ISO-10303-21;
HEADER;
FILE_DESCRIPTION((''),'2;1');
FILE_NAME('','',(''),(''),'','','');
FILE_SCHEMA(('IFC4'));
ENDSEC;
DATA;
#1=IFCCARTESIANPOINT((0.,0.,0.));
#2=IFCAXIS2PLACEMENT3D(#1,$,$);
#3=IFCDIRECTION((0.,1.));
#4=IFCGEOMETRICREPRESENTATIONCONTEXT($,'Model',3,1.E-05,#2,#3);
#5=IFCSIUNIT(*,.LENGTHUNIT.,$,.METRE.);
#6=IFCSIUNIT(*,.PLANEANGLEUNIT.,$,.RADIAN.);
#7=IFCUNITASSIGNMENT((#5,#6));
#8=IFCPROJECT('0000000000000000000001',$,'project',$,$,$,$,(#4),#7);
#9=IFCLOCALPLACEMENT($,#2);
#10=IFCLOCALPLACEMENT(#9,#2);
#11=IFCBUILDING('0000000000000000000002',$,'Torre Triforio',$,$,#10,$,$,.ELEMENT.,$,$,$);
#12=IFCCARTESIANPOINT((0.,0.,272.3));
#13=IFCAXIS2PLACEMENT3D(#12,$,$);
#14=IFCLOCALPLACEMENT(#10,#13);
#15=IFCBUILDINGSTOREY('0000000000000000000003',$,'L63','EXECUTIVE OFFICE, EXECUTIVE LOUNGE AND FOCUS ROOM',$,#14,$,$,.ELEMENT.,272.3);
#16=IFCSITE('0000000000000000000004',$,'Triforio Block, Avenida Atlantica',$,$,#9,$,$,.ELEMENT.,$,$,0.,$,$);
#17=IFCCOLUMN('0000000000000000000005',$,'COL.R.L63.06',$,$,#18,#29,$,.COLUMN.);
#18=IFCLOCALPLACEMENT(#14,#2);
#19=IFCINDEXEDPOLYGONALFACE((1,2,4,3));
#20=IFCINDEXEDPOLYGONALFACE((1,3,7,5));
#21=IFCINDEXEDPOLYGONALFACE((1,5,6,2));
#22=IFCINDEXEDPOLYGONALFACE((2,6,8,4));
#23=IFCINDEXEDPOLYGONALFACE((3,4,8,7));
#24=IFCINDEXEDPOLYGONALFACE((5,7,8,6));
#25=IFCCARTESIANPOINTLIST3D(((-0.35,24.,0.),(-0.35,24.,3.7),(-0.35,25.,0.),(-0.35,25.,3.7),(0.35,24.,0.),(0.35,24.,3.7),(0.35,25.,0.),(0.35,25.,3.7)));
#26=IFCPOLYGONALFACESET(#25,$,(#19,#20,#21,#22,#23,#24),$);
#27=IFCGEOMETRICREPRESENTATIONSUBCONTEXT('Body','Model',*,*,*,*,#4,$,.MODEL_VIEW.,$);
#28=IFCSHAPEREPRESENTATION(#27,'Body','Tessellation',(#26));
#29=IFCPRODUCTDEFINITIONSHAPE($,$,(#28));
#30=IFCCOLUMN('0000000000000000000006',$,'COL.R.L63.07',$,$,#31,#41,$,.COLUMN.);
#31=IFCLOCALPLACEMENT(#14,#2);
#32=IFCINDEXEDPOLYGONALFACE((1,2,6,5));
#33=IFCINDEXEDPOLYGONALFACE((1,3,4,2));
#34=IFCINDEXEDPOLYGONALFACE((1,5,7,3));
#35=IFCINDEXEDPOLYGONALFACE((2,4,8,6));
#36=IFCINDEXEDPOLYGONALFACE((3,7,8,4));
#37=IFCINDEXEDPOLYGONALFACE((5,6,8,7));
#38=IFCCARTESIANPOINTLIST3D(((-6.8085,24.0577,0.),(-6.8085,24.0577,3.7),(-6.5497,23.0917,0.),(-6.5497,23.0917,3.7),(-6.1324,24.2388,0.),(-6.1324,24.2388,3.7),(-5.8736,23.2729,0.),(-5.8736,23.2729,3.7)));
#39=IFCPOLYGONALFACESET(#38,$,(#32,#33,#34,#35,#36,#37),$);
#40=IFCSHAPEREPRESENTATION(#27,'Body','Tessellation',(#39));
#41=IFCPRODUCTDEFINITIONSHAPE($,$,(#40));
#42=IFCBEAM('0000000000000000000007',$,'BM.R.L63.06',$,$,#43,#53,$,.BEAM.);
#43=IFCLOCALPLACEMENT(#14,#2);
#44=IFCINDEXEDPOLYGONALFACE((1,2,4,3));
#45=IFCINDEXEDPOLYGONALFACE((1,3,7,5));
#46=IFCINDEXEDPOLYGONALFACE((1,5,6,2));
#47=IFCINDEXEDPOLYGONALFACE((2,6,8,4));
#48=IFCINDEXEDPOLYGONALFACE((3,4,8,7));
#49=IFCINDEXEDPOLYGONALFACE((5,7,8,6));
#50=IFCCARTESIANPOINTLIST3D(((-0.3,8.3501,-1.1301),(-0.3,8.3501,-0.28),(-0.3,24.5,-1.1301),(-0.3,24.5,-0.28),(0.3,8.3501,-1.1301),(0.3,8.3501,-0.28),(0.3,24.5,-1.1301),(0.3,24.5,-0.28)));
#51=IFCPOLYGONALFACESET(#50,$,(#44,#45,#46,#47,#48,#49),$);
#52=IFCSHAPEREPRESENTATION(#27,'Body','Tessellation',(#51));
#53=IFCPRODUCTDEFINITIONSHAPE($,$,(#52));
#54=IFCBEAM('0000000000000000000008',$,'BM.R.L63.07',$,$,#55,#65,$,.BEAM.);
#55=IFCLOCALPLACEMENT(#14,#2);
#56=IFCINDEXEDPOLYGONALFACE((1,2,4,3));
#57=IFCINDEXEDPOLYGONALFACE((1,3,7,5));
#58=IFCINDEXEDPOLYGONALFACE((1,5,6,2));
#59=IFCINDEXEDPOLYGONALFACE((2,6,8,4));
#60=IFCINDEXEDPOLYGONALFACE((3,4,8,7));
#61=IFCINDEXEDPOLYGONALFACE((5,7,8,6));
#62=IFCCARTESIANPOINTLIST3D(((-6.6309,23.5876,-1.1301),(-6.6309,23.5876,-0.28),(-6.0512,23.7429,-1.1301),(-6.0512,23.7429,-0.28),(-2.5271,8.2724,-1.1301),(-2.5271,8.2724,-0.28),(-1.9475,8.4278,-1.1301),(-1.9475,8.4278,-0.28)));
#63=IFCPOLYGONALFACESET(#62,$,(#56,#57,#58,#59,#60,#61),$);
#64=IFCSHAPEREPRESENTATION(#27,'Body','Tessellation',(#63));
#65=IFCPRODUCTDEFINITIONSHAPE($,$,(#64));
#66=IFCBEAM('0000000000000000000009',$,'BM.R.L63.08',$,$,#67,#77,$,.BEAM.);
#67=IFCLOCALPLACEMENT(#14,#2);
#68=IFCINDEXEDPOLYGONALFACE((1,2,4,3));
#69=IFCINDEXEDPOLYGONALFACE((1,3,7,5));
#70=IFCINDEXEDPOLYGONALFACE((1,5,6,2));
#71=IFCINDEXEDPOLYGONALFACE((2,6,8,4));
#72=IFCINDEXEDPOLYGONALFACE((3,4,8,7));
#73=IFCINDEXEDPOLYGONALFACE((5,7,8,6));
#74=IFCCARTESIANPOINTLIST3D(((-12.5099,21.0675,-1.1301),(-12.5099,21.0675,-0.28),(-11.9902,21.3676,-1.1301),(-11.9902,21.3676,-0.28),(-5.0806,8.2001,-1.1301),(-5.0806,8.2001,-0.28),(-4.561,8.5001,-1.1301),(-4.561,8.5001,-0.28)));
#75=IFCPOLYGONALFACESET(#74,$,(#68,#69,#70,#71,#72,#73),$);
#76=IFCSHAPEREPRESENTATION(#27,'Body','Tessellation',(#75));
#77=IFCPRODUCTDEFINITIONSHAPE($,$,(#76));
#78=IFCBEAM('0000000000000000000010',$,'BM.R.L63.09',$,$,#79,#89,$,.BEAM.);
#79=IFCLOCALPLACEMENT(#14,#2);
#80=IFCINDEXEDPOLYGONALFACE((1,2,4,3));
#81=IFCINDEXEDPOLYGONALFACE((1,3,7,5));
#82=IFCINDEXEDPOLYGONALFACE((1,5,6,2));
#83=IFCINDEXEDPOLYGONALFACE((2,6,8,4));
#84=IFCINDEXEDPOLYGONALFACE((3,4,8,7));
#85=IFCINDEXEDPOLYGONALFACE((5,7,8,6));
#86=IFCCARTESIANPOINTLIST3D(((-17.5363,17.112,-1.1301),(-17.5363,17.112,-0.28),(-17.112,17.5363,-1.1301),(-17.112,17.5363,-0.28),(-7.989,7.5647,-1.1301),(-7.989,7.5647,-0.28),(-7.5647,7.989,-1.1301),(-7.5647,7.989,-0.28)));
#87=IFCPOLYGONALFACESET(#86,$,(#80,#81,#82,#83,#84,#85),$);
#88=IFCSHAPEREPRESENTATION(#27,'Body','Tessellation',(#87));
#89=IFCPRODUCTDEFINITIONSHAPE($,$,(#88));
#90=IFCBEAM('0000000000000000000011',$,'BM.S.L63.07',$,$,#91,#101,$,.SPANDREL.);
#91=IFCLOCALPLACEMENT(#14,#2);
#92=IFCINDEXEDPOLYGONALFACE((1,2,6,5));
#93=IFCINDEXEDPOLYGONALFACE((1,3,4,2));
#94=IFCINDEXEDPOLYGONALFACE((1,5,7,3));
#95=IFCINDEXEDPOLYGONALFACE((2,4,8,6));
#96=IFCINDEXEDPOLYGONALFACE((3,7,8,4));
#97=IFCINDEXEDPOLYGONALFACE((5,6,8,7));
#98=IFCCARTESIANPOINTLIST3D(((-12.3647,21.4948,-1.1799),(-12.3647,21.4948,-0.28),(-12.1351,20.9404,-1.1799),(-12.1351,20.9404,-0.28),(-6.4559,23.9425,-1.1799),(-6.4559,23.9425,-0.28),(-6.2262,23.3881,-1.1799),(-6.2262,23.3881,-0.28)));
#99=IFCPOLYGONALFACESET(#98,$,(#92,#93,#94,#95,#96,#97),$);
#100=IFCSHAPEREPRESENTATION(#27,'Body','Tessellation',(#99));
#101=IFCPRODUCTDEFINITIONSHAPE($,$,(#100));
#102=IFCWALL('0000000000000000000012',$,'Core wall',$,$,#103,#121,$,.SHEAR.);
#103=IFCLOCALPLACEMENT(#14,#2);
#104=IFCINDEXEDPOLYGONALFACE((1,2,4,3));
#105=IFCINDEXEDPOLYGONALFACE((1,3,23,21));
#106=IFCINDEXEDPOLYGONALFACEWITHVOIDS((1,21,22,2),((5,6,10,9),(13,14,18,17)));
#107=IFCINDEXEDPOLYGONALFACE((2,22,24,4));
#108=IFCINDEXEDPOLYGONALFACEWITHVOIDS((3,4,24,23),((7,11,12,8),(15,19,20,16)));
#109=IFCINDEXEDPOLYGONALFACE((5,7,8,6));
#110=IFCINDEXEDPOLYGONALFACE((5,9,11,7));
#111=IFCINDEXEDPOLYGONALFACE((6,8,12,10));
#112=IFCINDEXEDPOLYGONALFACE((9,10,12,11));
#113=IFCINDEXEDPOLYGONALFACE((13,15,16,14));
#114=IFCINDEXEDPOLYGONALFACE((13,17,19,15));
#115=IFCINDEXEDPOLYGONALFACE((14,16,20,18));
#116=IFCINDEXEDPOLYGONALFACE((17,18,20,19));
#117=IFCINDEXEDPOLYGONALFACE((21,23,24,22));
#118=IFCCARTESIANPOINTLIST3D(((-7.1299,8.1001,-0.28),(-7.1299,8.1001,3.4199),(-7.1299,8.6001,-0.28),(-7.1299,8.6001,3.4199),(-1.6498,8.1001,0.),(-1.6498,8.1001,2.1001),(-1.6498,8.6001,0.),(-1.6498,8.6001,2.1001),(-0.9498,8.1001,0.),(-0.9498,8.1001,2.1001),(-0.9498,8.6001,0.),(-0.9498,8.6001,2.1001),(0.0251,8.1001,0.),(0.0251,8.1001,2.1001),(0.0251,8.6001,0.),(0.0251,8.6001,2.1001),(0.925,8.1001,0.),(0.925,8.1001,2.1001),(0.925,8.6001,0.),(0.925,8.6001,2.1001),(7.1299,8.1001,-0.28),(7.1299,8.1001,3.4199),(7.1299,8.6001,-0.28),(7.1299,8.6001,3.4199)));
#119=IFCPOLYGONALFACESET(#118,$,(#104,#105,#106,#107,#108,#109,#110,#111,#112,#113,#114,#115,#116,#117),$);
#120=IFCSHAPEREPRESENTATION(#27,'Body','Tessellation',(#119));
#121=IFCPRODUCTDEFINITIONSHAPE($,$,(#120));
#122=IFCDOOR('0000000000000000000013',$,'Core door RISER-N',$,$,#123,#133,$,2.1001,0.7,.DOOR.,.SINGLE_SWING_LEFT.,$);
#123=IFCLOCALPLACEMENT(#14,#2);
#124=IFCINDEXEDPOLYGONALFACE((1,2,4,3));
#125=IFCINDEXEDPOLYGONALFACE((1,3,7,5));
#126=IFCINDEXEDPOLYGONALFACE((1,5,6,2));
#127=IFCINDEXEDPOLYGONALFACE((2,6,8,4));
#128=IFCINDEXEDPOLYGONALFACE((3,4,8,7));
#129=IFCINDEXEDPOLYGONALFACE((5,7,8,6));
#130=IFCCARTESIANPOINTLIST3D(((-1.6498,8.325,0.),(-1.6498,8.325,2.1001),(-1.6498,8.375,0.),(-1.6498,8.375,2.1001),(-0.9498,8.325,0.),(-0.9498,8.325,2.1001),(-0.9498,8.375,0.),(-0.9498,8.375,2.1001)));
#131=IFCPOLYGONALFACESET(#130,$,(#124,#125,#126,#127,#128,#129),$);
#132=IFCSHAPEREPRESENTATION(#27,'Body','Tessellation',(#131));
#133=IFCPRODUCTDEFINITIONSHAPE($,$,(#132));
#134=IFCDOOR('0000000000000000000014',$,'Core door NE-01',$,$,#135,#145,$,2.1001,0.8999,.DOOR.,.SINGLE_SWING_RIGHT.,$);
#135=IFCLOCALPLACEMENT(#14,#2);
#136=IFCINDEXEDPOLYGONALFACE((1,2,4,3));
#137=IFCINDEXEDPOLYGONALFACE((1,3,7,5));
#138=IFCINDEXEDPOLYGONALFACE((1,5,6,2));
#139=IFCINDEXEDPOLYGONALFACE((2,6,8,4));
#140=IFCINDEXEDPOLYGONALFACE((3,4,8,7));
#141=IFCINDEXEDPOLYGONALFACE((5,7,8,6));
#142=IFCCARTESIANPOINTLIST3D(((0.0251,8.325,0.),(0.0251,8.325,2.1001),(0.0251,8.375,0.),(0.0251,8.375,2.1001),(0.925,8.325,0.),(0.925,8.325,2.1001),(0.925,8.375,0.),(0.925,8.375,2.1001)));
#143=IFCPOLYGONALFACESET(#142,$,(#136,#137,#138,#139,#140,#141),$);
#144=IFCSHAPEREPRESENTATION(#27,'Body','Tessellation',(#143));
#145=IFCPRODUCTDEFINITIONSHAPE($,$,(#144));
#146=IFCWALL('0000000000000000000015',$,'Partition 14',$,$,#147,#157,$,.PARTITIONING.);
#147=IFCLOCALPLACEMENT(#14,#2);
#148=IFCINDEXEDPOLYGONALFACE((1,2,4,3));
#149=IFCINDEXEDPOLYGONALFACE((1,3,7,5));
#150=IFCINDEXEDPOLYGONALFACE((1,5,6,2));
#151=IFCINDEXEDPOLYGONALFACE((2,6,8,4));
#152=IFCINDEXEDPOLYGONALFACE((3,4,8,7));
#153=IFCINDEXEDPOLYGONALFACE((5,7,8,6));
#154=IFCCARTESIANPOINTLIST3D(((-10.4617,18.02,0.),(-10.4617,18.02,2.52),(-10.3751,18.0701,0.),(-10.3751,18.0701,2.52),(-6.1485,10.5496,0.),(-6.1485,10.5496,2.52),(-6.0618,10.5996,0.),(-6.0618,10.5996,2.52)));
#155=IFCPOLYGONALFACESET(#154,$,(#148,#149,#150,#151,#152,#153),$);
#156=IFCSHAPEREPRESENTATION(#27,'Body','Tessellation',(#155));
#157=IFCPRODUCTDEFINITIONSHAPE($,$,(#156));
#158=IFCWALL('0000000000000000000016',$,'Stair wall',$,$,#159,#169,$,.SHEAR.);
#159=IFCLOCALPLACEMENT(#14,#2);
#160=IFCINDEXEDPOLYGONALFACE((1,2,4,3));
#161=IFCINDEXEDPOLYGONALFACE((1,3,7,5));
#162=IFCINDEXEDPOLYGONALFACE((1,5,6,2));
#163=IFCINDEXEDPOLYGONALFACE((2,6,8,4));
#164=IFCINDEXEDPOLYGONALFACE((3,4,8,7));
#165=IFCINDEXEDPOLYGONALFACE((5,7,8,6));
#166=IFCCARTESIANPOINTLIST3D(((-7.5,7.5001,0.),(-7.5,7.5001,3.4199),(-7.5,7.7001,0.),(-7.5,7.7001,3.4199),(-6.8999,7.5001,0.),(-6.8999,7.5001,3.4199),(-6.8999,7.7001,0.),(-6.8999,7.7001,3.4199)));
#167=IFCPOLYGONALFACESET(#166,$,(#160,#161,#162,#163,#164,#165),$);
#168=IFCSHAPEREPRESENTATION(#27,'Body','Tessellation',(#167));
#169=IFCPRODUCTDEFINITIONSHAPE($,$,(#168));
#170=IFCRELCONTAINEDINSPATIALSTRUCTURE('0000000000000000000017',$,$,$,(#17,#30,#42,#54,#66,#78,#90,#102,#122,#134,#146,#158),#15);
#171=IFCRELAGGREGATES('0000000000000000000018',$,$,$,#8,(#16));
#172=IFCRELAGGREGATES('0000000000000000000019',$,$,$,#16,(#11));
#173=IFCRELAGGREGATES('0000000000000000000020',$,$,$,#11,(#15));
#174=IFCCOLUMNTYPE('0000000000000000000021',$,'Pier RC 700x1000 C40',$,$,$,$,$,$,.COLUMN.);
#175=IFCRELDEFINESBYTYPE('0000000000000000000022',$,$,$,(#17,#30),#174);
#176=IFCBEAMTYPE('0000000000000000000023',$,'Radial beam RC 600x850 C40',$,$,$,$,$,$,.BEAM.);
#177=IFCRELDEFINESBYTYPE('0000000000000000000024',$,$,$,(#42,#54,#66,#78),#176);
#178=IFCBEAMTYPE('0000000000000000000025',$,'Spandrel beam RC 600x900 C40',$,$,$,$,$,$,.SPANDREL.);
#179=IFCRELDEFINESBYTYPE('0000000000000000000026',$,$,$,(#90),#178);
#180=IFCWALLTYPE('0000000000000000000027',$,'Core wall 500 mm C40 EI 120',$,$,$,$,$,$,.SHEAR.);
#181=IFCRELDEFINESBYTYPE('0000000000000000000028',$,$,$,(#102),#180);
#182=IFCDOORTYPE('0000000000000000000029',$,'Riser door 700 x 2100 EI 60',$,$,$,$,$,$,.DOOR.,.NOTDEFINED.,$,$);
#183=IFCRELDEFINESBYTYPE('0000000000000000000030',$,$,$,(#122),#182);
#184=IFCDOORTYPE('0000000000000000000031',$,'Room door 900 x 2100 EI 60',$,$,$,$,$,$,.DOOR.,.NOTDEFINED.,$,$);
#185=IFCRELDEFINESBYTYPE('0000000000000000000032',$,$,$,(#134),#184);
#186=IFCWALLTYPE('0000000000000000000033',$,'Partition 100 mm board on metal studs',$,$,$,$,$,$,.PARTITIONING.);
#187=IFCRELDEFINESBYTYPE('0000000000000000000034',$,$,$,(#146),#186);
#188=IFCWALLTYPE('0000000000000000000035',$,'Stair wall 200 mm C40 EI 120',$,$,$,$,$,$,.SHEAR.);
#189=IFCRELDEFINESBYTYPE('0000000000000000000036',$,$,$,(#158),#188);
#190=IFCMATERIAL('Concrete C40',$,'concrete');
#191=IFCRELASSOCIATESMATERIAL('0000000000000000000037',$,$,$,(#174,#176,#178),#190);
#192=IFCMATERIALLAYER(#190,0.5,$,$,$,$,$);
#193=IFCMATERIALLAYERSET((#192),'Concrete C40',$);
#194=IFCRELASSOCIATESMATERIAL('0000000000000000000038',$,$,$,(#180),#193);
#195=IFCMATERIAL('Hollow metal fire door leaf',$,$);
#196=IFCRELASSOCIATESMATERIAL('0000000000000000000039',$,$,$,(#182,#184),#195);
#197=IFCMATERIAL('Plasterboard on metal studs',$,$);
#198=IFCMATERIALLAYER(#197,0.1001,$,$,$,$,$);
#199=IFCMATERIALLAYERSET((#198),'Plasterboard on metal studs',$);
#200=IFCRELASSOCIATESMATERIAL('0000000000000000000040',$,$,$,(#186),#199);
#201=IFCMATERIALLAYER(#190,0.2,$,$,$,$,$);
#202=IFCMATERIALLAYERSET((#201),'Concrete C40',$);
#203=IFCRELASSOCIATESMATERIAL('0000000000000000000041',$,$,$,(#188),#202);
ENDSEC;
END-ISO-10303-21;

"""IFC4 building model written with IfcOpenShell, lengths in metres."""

from ifc_helpers import new_model, si_unit, direction, frame, frame_2d, origin, origin_2d, place, context, subcontext, project, spatial, rectangle, extrude, material, layer, layer_set, material_profile, profile_set, type_object, element, fill, save


model = new_model("IFC4")

# Units and contexts
model_context = context("Model", 3, precision=1e-05, world=origin(), true_north=direction((0.0, 1.0)))
body_context = subcontext(model_context, "Body", "Model", "MODEL_VIEW")
ifc_project = project(units=[si_unit("LENGTHUNIT", "METRE"), si_unit("PLANEANGLEUNIT", "RADIAN")], contexts=[model_context])

# Site, building, storey
site_placement = place(None, origin())
site = spatial("IfcSite", under=ifc_project, at=site_placement, Name="Triforio Block, Avenida Atlantica", CompositionType="ELEMENT", RefElevation=0.0)
building_placement = place(site_placement, origin())
building = spatial("IfcBuilding", under=site, at=building_placement, Name="Torre Triforio", CompositionType="ELEMENT")
storey_placement = place(building_placement, frame((0.0, 0.0, 272.3)))
storey = spatial("IfcBuildingStorey", under=building, at=storey_placement, Name="L63", Description="EXECUTIVE OFFICE, EXECUTIVE LOUNGE AND FOCUS ROOM", CompositionType="ELEMENT", Elevation=272.3)

# Columns
ifc_material_1 = material(Name="Concrete C40", Category="concrete")
ifc_material_profile_1 = material_profile(ifc_material_1, rectangle(XDim=0.7, YDim=1.0, at=origin_2d()), Name="RC 700x1000")
ifc_profile_set_1 = profile_set([ifc_material_profile_1], Name="Concrete C40")
column_type = type_object("IfcColumnType", Name="Pier RC 700x1000 C40", PredefinedType="COLUMN", material=ifc_profile_set_1)
for number, where, z_axis, x_axis, name in (
    (1, (0.0, 24.5, 0.0), (0.0, 0.0, 1.0), (-1.0, 0.0, 0.0), "COL.R.L63.06"),
    (2, (-6.3411, 23.6653, 0.0), (0.0, 0.0, 1.0), (-0.965926, -0.258819, 0.0), "COL.R.L63.07"),
):
    element("IfcColumn", number, at=place(storey_placement, frame(where, z_axis=z_axis, x_axis=x_axis)), inside=storey, type_object=column_type, Name=name, PredefinedType="COLUMN", context=body_context, shape_type="SweptSolid", body=[
        extrude(rectangle(XDim=0.7, YDim=1.0, at=origin_2d()), origin(), (0.0, 0.0, 1.0), 3.7),
    ])

# Beams
ifc_material_profile_2 = material_profile(ifc_material_1, rectangle(XDim=0.6001, YDim=0.8501, at=origin_2d()), Name="RC 600x850")
ifc_profile_set_2 = profile_set([ifc_material_profile_2], Name="Concrete C40")
beam_type_1 = type_object("IfcBeamType", Name="Radial beam RC 600x850 C40", PredefinedType="BEAM", material=ifc_profile_set_2)
beam_1_placement = place(storey_placement, frame((0.0, 8.3501, -0.7051), z_axis=(0.0, 1.0, 0.0), x_axis=(-1.0, 0.0, 0.0)))
element("IfcBeam", 3, at=beam_1_placement, inside=storey, type_object=beam_type_1, Name="BM.R.L63.06", PredefinedType="BEAM", context=body_context, shape_type="SweptSolid", body=[
    extrude(rectangle(XDim=0.6001, YDim=0.8501, at=origin_2d()), origin(), (0.0, 0.0, 1.0), 16.1499),
])
beam_2_placement = place(storey_placement, frame((-2.2373, 8.3501, -0.7051), z_axis=(-0.258823, 0.965925, 0.0), x_axis=(-0.965925, -0.258823, 0.0)))
element("IfcBeam", 4, at=beam_2_placement, inside=storey, type_object=beam_type_1, Name="BM.R.L63.07", PredefinedType="BEAM", context=body_context, shape_type="SweptSolid", body=[
    extrude(rectangle(XDim=0.6001, YDim=0.8501, at=origin_2d()), origin(), (0.0, 0.0, 1.0), 15.8555),
])
beam_3_placement = place(storey_placement, frame((-4.8208, 8.3501, -0.7051), z_axis=(-0.500009, 0.86602, 0.0), x_axis=(-0.86602, -0.500009, 0.0)))
element("IfcBeam", 5, at=beam_3_placement, inside=storey, type_object=beam_type_1, Name="BM.R.L63.08", PredefinedType="BEAM", context=body_context, shape_type="SweptSolid", body=[
    extrude(rectangle(XDim=0.6001, YDim=0.8501, at=origin_2d()), origin(), (0.0, 0.0, 1.0), 14.8582),
])
beam_4_placement = place(storey_placement, frame((-7.7769, 7.7769, -0.7051), z_axis=(-0.707107, 0.707107, 0.0), x_axis=(-0.707107, -0.707107, 0.0)))
element("IfcBeam", 6, at=beam_4_placement, inside=storey, type_object=beam_type_1, Name="BM.R.L63.09", PredefinedType="BEAM", context=body_context, shape_type="SweptSolid", body=[
    extrude(rectangle(XDim=0.6001, YDim=0.8501, at=origin_2d()), origin(), (0.0, 0.0, 1.0), 13.502),
])
ifc_material_profile_3 = material_profile(ifc_material_1, rectangle(XDim=0.6001, YDim=0.8999, at=origin_2d()), Name="RC 600x900")
ifc_profile_set_3 = profile_set([ifc_material_profile_3], Name="Concrete C40")
beam_type_2 = type_object("IfcBeamType", Name="Spandrel beam RC 600x900 C40", PredefinedType="SPANDREL", material=ifc_profile_set_3)
beam_5_placement = place(storey_placement, frame((-6.3411, 23.6653, -0.73), z_axis=(-0.923869, -0.382709, 0.0), x_axis=(0.382709, -0.923869, 0.0)))
element("IfcBeam", 7, at=beam_5_placement, inside=storey, type_object=beam_type_2, Name="BM.S.L63.07", PredefinedType="SPANDREL", context=body_context, shape_type="SweptSolid", body=[
    extrude(rectangle(XDim=0.6001, YDim=0.8999, at=origin_2d()), origin(), (0.0, 0.0, 1.0), 6.3958),
])

# Wall, openings, doors
ifc_layer_1 = layer(ifc_material_1, 0.5)
ifc_layer_set_1 = layer_set([ifc_layer_1], Name="Concrete C40")
wall_type_1 = type_object("IfcWallType", Name="Core wall 500 mm C40 EI 120", PredefinedType="SHEAR", material=ifc_layer_set_1)
wall_1_placement = place(storey_placement, frame((-7.1299, 8.3501, -0.28), z_axis=(0.0, 0.0, 1.0), x_axis=(1.0, 0.0, 0.0)))
wall_1 = element("IfcWall", 8, at=wall_1_placement, inside=storey, type_object=wall_type_1, Name="Core wall", PredefinedType="SHEAR", context=body_context, shape_type="SweptSolid", body=[
    extrude(rectangle(XDim=14.2598, YDim=0.5, at=frame_2d((7.1299, 0.0))), origin(), (0.0, 0.0, 1.0), 3.7),
])
opening_1_placement = place(wall_1_placement, frame((5.48, 0.0, 0.28)))
opening_1 = element("IfcOpeningElement", 9, at=opening_1_placement, cuts=wall_1, PredefinedType="OPENING", context=body_context, shape_type="SweptSolid", body=[
    extrude(rectangle(XDim=0.7, YDim=2.1001, at=frame_2d((0.3501, 1.05))), frame((0.0, 0.26, 0.0), z_axis=(0.0, -1.0, 0.0), x_axis=(1.0, 0.0, 0.0)), (0.0, 0.0, 1.0), 0.52),
])
opening_2_placement = place(wall_1_placement, frame((7.155, 0.0, 0.28)))
opening_2 = element("IfcOpeningElement", 10, at=opening_2_placement, cuts=wall_1, PredefinedType="OPENING", context=body_context, shape_type="SweptSolid", body=[
    extrude(rectangle(XDim=0.8999, YDim=2.1001, at=frame_2d((0.45, 1.05))), frame((0.0, 0.26, 0.0), z_axis=(0.0, -1.0, 0.0), x_axis=(1.0, 0.0, 0.0)), (0.0, 0.0, 1.0), 0.52),
])
ifc_material_2 = material(Name="Hollow metal fire door leaf")
door_type_1 = type_object("IfcDoorType", Name="Riser door 700 x 2100 EI 60", OperationType="NOTDEFINED", PredefinedType="DOOR", material=ifc_material_2)
door_1_placement = place(opening_1_placement, origin())
door_1 = element("IfcDoor", 11, at=door_1_placement, inside=storey, type_object=door_type_1, Name="Core door RISER-N", OperationType="SINGLE_SWING_LEFT", OverallHeight=2.1001, OverallWidth=0.7, PredefinedType="DOOR", context=body_context, shape_type="SweptSolid", body=[
    extrude(rectangle(XDim=0.7, YDim=2.1001, at=frame_2d((0.3501, 1.05))), frame((0.0, 0.0249, 0.0), z_axis=(0.0, -1.0, 0.0), x_axis=(1.0, 0.0, 0.0)), (0.0, 0.0, 1.0), 0.05),
])
fill(opening_1, door_1)
door_type_2 = type_object("IfcDoorType", Name="Room door 900 x 2100 EI 60", OperationType="NOTDEFINED", PredefinedType="DOOR", material=ifc_material_2)
door_2_placement = place(opening_2_placement, origin())
door_2 = element("IfcDoor", 12, at=door_2_placement, inside=storey, type_object=door_type_2, Name="Core door NE-01", OperationType="SINGLE_SWING_RIGHT", OverallHeight=2.1001, OverallWidth=0.8999, PredefinedType="DOOR", context=body_context, shape_type="SweptSolid", body=[
    extrude(rectangle(XDim=0.8999, YDim=2.1001, at=frame_2d((0.45, 1.05))), frame((0.0, 0.0249, 0.0), z_axis=(0.0, -1.0, 0.0), x_axis=(1.0, 0.0, 0.0)), (0.0, 0.0, 1.0), 0.05),
])
fill(opening_2, door_2)

# Walls
ifc_material_3 = material(Name="Plasterboard on metal studs")
ifc_layer_2 = layer(ifc_material_3, 0.1001)
ifc_layer_set_2 = layer_set([ifc_layer_2], Name="Plasterboard on metal studs")
wall_type_2 = type_object("IfcWallType", Name="Partition 100 mm board on metal studs", PredefinedType="PARTITIONING", material=ifc_layer_set_2)
wall_2_placement = place(storey_placement, frame((-6.1052, 10.5747, 0.0), z_axis=(0.0, 0.0, 1.0), x_axis=(-0.500014, 0.866017, 0.0)))
element("IfcWall", 13, at=wall_2_placement, inside=storey, type_object=wall_type_2, Name="Partition 14", PredefinedType="PARTITIONING", context=body_context, shape_type="SweptSolid", body=[
    extrude(rectangle(XDim=8.6262, YDim=0.1001, at=frame_2d((4.313, 0.0))), origin(), (0.0, 0.0, 1.0), 2.52),
])
ifc_layer_3 = layer(ifc_material_1, 0.2)
ifc_layer_set_3 = layer_set([ifc_layer_3], Name="Concrete C40")
wall_type_3 = type_object("IfcWallType", Name="Stair wall 200 mm C40 EI 120", PredefinedType="SHEAR", material=ifc_layer_set_3)
wall_3_placement = place(storey_placement, frame((-7.5, 7.6001, 0.0), z_axis=(0.0, 0.0, 1.0), x_axis=(1.0, 0.0, 0.0)))
element("IfcWall", 14, at=wall_3_placement, inside=storey, type_object=wall_type_3, Name="Stair wall", PredefinedType="SHEAR", context=body_context, shape_type="SweptSolid", body=[
    extrude(rectangle(XDim=0.6001, YDim=0.2, at=frame_2d((0.3, 0.0))), origin(), (0.0, 0.0, 1.0), 3.4199),
])

save(model, "model.ifc")
